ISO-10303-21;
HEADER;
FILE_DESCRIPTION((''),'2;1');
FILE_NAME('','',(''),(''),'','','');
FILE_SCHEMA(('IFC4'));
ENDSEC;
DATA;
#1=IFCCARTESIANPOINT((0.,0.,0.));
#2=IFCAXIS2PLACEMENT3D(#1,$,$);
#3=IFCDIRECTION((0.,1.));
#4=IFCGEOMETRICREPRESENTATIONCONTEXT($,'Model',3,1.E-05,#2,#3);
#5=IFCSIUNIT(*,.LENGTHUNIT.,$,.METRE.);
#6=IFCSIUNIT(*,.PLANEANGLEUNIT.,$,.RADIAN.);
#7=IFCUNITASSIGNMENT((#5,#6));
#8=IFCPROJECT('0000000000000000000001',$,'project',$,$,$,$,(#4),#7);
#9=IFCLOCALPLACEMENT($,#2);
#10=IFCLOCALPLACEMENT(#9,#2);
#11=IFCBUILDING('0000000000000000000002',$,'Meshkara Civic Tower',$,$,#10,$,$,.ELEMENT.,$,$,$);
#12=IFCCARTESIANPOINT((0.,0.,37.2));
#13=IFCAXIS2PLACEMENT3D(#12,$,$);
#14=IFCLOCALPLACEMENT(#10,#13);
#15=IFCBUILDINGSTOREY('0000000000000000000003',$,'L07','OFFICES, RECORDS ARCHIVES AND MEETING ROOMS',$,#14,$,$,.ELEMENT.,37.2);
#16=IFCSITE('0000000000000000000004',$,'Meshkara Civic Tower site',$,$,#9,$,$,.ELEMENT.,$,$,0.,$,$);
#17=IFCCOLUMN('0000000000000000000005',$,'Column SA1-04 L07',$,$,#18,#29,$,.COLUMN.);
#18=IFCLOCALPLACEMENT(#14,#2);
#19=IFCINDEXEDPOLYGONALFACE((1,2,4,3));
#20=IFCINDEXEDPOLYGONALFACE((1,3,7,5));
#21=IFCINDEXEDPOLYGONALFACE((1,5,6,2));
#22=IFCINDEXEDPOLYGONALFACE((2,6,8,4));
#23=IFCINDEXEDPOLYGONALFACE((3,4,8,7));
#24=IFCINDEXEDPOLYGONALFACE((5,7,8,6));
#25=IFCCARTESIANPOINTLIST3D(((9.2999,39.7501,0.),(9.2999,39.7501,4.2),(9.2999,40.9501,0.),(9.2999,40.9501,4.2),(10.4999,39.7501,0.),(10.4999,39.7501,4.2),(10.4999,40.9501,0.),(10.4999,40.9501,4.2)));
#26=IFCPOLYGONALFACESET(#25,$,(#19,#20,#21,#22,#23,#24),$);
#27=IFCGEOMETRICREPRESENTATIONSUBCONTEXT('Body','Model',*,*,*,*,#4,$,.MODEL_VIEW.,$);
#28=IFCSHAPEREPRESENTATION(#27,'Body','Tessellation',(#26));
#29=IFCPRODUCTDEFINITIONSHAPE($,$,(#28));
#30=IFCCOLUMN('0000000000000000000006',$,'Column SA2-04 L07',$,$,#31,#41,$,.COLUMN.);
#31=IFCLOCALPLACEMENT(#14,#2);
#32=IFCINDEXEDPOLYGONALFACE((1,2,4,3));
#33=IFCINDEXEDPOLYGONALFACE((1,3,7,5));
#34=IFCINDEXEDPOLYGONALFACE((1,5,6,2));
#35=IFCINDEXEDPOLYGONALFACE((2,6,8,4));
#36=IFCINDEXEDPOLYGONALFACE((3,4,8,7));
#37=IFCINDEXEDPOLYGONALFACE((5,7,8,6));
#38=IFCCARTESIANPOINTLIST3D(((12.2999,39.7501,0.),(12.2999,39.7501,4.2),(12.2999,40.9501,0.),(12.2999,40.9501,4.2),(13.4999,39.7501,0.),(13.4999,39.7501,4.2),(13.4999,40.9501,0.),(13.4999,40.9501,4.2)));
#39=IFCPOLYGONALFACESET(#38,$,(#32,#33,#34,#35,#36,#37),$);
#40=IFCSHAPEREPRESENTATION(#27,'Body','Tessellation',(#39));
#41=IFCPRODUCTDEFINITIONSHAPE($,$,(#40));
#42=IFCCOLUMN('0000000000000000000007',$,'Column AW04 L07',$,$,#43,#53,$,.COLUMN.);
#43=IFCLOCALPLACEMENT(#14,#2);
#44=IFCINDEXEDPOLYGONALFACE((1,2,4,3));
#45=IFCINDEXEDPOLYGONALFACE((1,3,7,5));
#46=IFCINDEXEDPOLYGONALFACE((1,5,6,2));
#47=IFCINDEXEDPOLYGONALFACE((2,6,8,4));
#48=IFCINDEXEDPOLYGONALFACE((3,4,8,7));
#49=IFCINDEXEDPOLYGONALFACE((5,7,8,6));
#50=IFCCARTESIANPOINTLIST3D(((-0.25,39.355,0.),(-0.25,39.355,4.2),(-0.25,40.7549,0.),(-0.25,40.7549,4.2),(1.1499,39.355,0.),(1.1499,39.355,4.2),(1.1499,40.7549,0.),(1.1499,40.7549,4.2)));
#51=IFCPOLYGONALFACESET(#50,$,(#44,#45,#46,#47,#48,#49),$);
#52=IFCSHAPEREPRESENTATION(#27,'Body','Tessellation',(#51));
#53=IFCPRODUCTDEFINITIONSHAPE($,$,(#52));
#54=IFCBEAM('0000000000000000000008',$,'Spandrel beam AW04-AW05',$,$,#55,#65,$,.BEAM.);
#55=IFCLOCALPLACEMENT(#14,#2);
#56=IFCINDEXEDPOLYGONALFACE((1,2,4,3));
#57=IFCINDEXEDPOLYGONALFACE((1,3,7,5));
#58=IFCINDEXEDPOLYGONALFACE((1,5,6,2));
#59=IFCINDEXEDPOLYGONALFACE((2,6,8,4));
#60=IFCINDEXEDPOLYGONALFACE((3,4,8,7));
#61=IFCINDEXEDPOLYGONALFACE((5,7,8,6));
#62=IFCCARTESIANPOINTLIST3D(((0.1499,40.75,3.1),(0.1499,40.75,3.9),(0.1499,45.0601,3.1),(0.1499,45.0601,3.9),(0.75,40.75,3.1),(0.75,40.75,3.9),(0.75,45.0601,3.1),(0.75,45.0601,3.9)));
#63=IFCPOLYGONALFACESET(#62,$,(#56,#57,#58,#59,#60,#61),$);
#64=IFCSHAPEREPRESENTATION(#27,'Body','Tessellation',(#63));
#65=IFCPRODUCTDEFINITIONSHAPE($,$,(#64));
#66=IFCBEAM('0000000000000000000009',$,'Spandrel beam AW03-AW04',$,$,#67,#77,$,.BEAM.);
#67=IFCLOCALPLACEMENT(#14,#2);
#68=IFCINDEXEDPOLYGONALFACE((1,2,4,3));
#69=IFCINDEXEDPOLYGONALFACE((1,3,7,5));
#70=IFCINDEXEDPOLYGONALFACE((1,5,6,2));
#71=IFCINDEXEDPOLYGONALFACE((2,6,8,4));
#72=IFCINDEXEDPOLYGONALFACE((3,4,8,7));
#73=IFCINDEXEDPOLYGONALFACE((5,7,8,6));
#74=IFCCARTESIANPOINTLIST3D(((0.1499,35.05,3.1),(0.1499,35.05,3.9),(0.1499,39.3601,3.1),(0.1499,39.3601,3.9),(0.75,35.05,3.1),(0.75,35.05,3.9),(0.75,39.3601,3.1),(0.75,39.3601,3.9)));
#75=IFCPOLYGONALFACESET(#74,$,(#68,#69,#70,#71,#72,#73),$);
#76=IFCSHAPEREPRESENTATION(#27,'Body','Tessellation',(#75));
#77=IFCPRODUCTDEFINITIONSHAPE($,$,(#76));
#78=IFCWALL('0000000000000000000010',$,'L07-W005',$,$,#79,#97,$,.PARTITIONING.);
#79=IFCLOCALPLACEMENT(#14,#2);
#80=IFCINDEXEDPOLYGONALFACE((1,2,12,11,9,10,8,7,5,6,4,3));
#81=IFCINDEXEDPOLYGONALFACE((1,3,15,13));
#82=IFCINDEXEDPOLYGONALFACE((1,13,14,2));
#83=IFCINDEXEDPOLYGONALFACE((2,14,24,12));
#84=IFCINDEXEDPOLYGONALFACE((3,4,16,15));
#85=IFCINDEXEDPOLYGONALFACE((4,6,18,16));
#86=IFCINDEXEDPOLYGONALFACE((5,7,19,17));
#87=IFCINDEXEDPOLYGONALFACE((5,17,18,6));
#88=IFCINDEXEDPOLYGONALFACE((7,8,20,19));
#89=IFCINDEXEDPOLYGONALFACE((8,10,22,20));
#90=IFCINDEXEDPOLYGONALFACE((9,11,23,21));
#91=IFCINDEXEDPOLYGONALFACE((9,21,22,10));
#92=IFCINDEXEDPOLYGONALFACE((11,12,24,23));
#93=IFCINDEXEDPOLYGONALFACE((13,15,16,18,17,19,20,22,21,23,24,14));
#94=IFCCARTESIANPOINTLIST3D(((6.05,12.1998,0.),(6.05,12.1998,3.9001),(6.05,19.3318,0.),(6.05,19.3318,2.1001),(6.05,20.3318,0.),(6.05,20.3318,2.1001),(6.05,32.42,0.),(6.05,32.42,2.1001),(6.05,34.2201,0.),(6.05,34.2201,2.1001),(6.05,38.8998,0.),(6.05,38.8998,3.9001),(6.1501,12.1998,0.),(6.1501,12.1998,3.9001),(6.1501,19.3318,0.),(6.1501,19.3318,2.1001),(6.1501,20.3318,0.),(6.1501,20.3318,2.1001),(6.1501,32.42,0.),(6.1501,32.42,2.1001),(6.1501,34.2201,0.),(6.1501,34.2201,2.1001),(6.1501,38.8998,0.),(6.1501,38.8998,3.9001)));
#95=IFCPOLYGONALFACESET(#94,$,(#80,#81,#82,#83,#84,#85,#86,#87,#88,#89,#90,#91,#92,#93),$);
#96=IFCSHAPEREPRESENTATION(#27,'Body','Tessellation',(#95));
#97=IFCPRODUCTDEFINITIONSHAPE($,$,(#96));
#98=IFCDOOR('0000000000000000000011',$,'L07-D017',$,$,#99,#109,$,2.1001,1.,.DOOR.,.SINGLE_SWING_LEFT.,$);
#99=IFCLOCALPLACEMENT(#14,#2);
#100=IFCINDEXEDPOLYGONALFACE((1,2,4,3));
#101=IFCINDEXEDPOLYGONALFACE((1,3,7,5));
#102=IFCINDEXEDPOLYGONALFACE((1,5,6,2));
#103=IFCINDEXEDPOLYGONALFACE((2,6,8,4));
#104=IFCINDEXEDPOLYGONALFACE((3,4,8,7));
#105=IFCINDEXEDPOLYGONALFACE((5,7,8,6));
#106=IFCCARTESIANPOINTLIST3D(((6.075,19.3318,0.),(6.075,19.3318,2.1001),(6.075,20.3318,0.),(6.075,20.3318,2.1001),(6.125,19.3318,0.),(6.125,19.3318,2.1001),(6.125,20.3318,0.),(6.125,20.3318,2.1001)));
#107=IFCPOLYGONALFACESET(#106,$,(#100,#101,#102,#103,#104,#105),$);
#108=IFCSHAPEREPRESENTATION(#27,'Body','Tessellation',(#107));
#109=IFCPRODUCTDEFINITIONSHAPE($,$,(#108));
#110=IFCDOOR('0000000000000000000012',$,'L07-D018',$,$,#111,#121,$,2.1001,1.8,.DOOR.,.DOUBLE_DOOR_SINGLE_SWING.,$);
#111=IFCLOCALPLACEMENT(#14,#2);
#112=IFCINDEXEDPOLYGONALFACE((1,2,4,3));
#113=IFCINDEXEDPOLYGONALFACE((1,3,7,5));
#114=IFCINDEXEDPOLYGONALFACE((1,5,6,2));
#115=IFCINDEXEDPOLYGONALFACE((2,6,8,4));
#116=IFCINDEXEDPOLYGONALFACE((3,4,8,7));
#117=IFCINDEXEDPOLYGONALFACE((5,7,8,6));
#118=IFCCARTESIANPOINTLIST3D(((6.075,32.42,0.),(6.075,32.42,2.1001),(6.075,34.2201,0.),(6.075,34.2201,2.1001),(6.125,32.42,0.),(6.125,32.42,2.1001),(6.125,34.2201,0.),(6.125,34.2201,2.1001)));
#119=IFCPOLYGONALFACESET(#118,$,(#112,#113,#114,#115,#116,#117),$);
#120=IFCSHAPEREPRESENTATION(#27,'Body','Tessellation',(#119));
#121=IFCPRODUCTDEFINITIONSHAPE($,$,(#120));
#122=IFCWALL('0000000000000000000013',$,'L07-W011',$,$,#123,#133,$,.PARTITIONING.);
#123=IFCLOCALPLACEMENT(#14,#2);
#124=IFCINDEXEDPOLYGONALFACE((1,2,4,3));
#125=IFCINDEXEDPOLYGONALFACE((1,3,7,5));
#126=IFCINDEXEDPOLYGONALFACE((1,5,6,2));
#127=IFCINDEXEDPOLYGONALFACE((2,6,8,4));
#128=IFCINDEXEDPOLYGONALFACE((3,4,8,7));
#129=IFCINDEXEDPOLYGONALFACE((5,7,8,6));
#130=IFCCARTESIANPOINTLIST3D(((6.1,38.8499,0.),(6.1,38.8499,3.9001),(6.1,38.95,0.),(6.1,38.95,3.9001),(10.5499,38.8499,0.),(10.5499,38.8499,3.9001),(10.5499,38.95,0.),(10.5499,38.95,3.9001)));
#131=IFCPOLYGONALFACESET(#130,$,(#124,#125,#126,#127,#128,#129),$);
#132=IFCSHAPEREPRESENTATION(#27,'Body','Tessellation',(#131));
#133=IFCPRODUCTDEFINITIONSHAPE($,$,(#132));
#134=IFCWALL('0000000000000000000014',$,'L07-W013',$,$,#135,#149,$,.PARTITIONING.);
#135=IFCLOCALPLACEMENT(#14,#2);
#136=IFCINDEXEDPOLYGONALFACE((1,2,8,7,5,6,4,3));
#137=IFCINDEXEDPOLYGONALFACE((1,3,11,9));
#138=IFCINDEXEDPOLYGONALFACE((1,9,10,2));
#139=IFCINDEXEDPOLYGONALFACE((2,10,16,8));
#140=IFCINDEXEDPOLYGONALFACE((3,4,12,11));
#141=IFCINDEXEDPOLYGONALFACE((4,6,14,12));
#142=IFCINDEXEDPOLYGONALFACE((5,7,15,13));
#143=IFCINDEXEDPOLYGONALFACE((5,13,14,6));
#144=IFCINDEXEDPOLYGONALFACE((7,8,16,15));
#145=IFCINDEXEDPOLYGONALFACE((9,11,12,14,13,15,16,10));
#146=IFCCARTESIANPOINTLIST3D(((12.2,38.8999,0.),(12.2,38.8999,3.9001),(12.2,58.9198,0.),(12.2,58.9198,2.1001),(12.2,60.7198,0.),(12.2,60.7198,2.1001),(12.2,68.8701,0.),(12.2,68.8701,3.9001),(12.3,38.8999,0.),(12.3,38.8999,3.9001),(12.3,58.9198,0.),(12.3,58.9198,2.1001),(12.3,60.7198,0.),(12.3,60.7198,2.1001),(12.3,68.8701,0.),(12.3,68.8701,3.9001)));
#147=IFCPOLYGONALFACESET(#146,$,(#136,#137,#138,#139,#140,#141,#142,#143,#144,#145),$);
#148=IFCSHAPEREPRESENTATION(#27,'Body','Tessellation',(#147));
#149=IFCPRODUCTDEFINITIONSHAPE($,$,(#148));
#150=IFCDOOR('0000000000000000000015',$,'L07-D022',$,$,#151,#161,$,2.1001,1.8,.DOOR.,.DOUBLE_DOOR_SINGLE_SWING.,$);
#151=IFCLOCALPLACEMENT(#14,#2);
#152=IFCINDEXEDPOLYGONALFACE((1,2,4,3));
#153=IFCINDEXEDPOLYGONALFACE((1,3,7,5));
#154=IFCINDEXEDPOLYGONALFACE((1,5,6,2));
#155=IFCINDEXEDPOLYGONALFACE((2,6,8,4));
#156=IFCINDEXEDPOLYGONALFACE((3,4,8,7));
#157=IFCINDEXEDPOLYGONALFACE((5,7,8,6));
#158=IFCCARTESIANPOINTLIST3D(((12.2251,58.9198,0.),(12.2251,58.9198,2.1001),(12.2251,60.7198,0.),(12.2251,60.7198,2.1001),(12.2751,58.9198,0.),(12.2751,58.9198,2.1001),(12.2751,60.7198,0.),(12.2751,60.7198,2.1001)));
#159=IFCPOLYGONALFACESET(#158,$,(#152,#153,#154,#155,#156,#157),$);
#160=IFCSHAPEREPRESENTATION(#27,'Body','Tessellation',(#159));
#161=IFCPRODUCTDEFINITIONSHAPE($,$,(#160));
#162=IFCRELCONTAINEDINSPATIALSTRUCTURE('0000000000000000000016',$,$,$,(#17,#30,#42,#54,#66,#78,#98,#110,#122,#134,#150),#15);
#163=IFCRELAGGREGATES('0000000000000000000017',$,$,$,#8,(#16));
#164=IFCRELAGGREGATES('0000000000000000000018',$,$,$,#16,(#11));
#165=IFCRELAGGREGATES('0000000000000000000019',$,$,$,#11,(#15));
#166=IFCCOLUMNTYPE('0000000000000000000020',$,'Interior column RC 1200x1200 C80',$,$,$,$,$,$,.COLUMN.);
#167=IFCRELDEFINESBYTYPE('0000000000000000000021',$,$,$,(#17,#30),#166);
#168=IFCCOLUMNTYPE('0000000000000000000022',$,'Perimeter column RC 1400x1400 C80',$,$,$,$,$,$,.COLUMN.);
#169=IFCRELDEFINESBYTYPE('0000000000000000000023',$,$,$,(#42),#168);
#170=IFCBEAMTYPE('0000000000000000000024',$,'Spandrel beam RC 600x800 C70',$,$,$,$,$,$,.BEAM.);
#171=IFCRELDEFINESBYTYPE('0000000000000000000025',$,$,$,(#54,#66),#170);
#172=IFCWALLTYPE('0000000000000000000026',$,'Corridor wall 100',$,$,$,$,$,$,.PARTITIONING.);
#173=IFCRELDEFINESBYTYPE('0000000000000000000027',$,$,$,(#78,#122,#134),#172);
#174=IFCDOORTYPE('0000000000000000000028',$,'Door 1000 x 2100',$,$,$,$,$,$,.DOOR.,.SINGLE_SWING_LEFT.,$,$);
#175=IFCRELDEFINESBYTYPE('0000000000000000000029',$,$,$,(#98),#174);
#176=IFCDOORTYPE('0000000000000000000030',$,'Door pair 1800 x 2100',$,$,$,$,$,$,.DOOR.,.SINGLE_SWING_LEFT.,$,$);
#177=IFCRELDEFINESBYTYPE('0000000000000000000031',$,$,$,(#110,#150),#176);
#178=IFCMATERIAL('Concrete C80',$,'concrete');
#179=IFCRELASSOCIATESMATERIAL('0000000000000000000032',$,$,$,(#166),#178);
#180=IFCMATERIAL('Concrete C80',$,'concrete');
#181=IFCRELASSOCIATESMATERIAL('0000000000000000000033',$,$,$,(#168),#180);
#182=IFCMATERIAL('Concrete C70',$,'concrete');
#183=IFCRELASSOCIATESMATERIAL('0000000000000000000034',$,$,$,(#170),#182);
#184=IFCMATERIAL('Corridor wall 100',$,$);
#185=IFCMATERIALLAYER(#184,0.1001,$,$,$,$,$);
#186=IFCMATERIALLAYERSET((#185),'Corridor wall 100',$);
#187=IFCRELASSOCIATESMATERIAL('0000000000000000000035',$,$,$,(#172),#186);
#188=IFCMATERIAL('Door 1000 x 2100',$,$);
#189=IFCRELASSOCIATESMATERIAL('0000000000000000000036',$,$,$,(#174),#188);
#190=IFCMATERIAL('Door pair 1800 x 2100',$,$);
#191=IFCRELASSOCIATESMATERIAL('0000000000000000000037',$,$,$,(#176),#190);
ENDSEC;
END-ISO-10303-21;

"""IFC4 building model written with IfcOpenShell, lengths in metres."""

from ifc_helpers import new_model, si_unit, direction, frame, frame_2d, origin, origin_2d, place, context, subcontext, project, spatial, rectangle, extrude, material, layer, layer_set, material_profile, profile_set, type_object, element, fill, save


model = new_model("IFC4")

# Units and contexts
model_context = context("Model", 3, precision=1e-05, world=origin(), true_north=direction((0.0, 1.0)))
body_context = subcontext(model_context, "Body", "Model", "MODEL_VIEW")
ifc_project = project(units=[si_unit("LENGTHUNIT", "METRE"), si_unit("PLANEANGLEUNIT", "RADIAN")], contexts=[model_context])

# Site, building, storey
site_placement = place(None, origin())
site = spatial("IfcSite", under=ifc_project, at=site_placement, Name="Meshkara Civic Tower site", CompositionType="ELEMENT", RefElevation=0.0)
building_placement = place(site_placement, origin())
building = spatial("IfcBuilding", under=site, at=building_placement, Name="Meshkara Civic Tower", CompositionType="ELEMENT")
storey_placement = place(building_placement, frame((0.0, 0.0, 37.2)))
storey = spatial("IfcBuildingStorey", under=building, at=storey_placement, Name="L07", Description="OFFICES, RECORDS ARCHIVES AND MEETING ROOMS", CompositionType="ELEMENT", Elevation=37.2)

# Columns
ifc_material_1 = material(Name="Concrete C80", Category="concrete")
ifc_material_profile_1 = material_profile(ifc_material_1, rectangle(XDim=1.2, YDim=1.2, at=origin_2d()))
ifc_profile_set_1 = profile_set([ifc_material_profile_1], Name="Concrete C80")
column_type_1 = type_object("IfcColumnType", Name="Interior column RC 1200x1200 C80", PredefinedType="COLUMN", material=ifc_profile_set_1)
for number, where, z_axis, x_axis, name in (
    (1, (9.8999, 40.3501, 0.0), (0.0, 0.0, 1.0), (1.0, 0.0, 0.0), "Column SA1-04 L07"),
    (2, (12.8999, 40.3501, 0.0), (0.0, 0.0, 1.0), (1.0, 0.0, 0.0), "Column SA2-04 L07"),
):
    element("IfcColumn", number, at=place(storey_placement, frame(where, z_axis=z_axis, x_axis=x_axis)), inside=storey, type_object=column_type_1, Name=name, PredefinedType="COLUMN", context=body_context, shape_type="SweptSolid", body=[
        extrude(rectangle(XDim=1.2, YDim=1.2, at=origin_2d()), origin(), (0.0, 0.0, 1.0), 4.2),
    ])
ifc_material_2 = material(Name="Concrete C80", Category="concrete")
ifc_material_profile_2 = material_profile(ifc_material_2, rectangle(XDim=1.3999, YDim=1.3999, at=origin_2d()))
ifc_profile_set_2 = profile_set([ifc_material_profile_2], Name="Concrete C80")
column_type_2 = type_object("IfcColumnType", Name="Perimeter column RC 1400x1400 C80", PredefinedType="COLUMN", material=ifc_profile_set_2)
column_placement = place(storey_placement, frame((0.45, 40.0549, 0.0), z_axis=(0.0, 0.0, 1.0), x_axis=(1.0, 0.0, 0.0)))
element("IfcColumn", 3, at=column_placement, inside=storey, type_object=column_type_2, Name="Column AW04 L07", PredefinedType="COLUMN", context=body_context, shape_type="SweptSolid", body=[
    extrude(rectangle(XDim=1.3999, YDim=1.3999, at=origin_2d()), origin(), (0.0, 0.0, 1.0), 4.2),
])

# Beams
ifc_material_3 = material(Name="Concrete C70", Category="concrete")
ifc_material_profile_3 = material_profile(ifc_material_3, rectangle(XDim=0.6001, YDim=0.8, at=origin_2d()))
ifc_profile_set_3 = profile_set([ifc_material_profile_3], Name="Concrete C70")
beam_type = type_object("IfcBeamType", Name="Spandrel beam RC 600x800 C70", PredefinedType="BEAM", material=ifc_profile_set_3)
for number, where, z_axis, x_axis, name in (
    (4, (0.45, 45.0601, 3.5), (0.0, -1.0, 0.0), (1.0, 0.0, 0.0), "Spandrel beam AW04-AW05"),
    (5, (0.45, 39.3601, 3.5), (0.0, -1.0, 0.0), (1.0, 0.0, 0.0), "Spandrel beam AW03-AW04"),
):
    element("IfcBeam", number, at=place(storey_placement, frame(where, z_axis=z_axis, x_axis=x_axis)), inside=storey, type_object=beam_type, Name=name, PredefinedType="BEAM", context=body_context, shape_type="SweptSolid", body=[
        extrude(rectangle(XDim=0.6001, YDim=0.8, at=origin_2d()), origin(), (0.0, 0.0, 1.0), 4.3101),
    ])

# Wall, openings, doors
ifc_material_4 = material(Name="Corridor wall 100")
ifc_layer_1 = layer(ifc_material_4, 0.1001)
ifc_layer_set_1 = layer_set([ifc_layer_1], Name="Corridor wall 100")
wall_type_1 = type_object("IfcWallType", Name="Corridor wall 100", PredefinedType="PARTITIONING", material=ifc_layer_set_1)
wall_1_placement = place(storey_placement, frame((6.1001, 38.8999, 0.0), z_axis=(0.0, 0.0, 1.0), x_axis=(0.0, -1.0, 0.0)))
wall_1 = element("IfcWall", 6, at=wall_1_placement, inside=storey, type_object=wall_type_1, Name="L07-W005", PredefinedType="PARTITIONING", context=body_context, shape_type="SweptSolid", body=[
    extrude(rectangle(XDim=26.7, YDim=0.1001, at=frame_2d((13.3501, 0.0))), origin(), (0.0, 0.0, 1.0), 3.9001),
])
opening_1_placement = place(wall_1_placement, frame((18.5681, 0.0, 0.0)))
opening_1 = element("IfcOpeningElement", 7, at=opening_1_placement, cuts=wall_1, PredefinedType="OPENING", context=body_context, shape_type="SweptSolid", body=[
    extrude(rectangle(XDim=1.0, YDim=2.1001, at=frame_2d((0.5, 1.05))), frame((0.0, 0.0601, 0.0), z_axis=(0.0, -1.0, 0.0), x_axis=(1.0, 0.0, 0.0)), (0.0, 0.0, 1.0), 0.1201),
])
opening_2_placement = place(wall_1_placement, frame((4.6799, 0.0, 0.0)))
opening_2 = element("IfcOpeningElement", 8, at=opening_2_placement, cuts=wall_1, PredefinedType="OPENING", context=body_context, shape_type="SweptSolid", body=[
    extrude(rectangle(XDim=1.8, YDim=2.1001, at=frame_2d((0.8999, 1.05))), frame((0.0, 0.0601, 0.0), z_axis=(0.0, -1.0, 0.0), x_axis=(1.0, 0.0, 0.0)), (0.0, 0.0, 1.0), 0.1201),
])
ifc_material_5 = material(Name="Door 1000 x 2100")
door_type_1 = type_object("IfcDoorType", Name="Door 1000 x 2100", OperationType="SINGLE_SWING_LEFT", PredefinedType="DOOR", material=ifc_material_5)
door_1_placement = place(opening_1_placement, origin())
door_1 = element("IfcDoor", 9, at=door_1_placement, inside=storey, type_object=door_type_1, Name="L07-D017", OperationType="SINGLE_SWING_LEFT", OverallHeight=2.1001, OverallWidth=1.0, PredefinedType="DOOR", context=body_context, shape_type="SweptSolid", body=[
    extrude(rectangle(XDim=1.0, YDim=2.1001, at=frame_2d((0.5, 1.05))), frame((0.0, 0.0249, 0.0), z_axis=(0.0, -1.0, 0.0), x_axis=(1.0, 0.0, 0.0)), (0.0, 0.0, 1.0), 0.05),
])
fill(opening_1, door_1)
ifc_material_6 = material(Name="Door pair 1800 x 2100")
door_type_2 = type_object("IfcDoorType", Name="Door pair 1800 x 2100", OperationType="SINGLE_SWING_LEFT", PredefinedType="DOOR", material=ifc_material_6)
door_2_placement = place(opening_2_placement, origin())
door_2 = element("IfcDoor", 10, at=door_2_placement, inside=storey, type_object=door_type_2, Name="L07-D018", OperationType="DOUBLE_DOOR_SINGLE_SWING", OverallHeight=2.1001, OverallWidth=1.8, PredefinedType="DOOR", context=body_context, shape_type="SweptSolid", body=[
    extrude(rectangle(XDim=1.8, YDim=2.1001, at=frame_2d((0.8999, 1.05))), frame((0.0, 0.0249, 0.0), z_axis=(0.0, -1.0, 0.0), x_axis=(1.0, 0.0, 0.0)), (0.0, 0.0, 1.0), 0.05),
])
fill(opening_2, door_2)

# Wall
wall_2_placement = place(storey_placement, frame((10.55, 38.8999, 0.0), z_axis=(0.0, 0.0, 1.0), x_axis=(-1.0, 0.0, 0.0)))
element("IfcWall", 11, at=wall_2_placement, inside=storey, type_object=wall_type_1, Name="L07-W011", PredefinedType="PARTITIONING", context=body_context, shape_type="SweptSolid", body=[
    extrude(rectangle(XDim=4.45, YDim=0.1001, at=frame_2d((2.2251, 0.0))), origin(), (0.0, 0.0, 1.0), 3.9001),
])

# Wall, opening, door
wall_3_placement = place(storey_placement, frame((12.25, 38.8999, 0.0), z_axis=(0.0, 0.0, 1.0), x_axis=(0.0, 1.0, 0.0)))
wall_3 = element("IfcWall", 12, at=wall_3_placement, inside=storey, type_object=wall_type_1, Name="L07-W013", PredefinedType="PARTITIONING", context=body_context, shape_type="SweptSolid", body=[
    extrude(rectangle(XDim=29.9702, YDim=0.1001, at=frame_2d((14.9851, 0.0))), origin(), (0.0, 0.0, 1.0), 3.9001),
])
opening_3_placement = place(wall_3_placement, frame((20.02, 0.0, 0.0)))
opening_3 = element("IfcOpeningElement", 13, at=opening_3_placement, cuts=wall_3, PredefinedType="OPENING", context=body_context, shape_type="SweptSolid", body=[
    extrude(rectangle(XDim=1.8, YDim=2.1001, at=frame_2d((0.8999, 1.05))), frame((0.0, 0.0601, 0.0), z_axis=(0.0, -1.0, 0.0), x_axis=(1.0, 0.0, 0.0)), (0.0, 0.0, 1.0), 0.1201),
])
door_3_placement = place(opening_3_placement, origin())
door_3 = element("IfcDoor", 14, at=door_3_placement, inside=storey, type_object=door_type_2, Name="L07-D022", OperationType="DOUBLE_DOOR_SINGLE_SWING", OverallHeight=2.1001, OverallWidth=1.8, PredefinedType="DOOR", context=body_context, shape_type="SweptSolid", body=[
    extrude(rectangle(XDim=1.8, YDim=2.1001, at=frame_2d((0.8999, 1.05))), frame((0.0, 0.0249, 0.0), z_axis=(0.0, -1.0, 0.0), x_axis=(1.0, 0.0, 0.0)), (0.0, 0.0, 1.0), 0.05),
])
fill(opening_3, door_3)

save(model, "model.ifc")
